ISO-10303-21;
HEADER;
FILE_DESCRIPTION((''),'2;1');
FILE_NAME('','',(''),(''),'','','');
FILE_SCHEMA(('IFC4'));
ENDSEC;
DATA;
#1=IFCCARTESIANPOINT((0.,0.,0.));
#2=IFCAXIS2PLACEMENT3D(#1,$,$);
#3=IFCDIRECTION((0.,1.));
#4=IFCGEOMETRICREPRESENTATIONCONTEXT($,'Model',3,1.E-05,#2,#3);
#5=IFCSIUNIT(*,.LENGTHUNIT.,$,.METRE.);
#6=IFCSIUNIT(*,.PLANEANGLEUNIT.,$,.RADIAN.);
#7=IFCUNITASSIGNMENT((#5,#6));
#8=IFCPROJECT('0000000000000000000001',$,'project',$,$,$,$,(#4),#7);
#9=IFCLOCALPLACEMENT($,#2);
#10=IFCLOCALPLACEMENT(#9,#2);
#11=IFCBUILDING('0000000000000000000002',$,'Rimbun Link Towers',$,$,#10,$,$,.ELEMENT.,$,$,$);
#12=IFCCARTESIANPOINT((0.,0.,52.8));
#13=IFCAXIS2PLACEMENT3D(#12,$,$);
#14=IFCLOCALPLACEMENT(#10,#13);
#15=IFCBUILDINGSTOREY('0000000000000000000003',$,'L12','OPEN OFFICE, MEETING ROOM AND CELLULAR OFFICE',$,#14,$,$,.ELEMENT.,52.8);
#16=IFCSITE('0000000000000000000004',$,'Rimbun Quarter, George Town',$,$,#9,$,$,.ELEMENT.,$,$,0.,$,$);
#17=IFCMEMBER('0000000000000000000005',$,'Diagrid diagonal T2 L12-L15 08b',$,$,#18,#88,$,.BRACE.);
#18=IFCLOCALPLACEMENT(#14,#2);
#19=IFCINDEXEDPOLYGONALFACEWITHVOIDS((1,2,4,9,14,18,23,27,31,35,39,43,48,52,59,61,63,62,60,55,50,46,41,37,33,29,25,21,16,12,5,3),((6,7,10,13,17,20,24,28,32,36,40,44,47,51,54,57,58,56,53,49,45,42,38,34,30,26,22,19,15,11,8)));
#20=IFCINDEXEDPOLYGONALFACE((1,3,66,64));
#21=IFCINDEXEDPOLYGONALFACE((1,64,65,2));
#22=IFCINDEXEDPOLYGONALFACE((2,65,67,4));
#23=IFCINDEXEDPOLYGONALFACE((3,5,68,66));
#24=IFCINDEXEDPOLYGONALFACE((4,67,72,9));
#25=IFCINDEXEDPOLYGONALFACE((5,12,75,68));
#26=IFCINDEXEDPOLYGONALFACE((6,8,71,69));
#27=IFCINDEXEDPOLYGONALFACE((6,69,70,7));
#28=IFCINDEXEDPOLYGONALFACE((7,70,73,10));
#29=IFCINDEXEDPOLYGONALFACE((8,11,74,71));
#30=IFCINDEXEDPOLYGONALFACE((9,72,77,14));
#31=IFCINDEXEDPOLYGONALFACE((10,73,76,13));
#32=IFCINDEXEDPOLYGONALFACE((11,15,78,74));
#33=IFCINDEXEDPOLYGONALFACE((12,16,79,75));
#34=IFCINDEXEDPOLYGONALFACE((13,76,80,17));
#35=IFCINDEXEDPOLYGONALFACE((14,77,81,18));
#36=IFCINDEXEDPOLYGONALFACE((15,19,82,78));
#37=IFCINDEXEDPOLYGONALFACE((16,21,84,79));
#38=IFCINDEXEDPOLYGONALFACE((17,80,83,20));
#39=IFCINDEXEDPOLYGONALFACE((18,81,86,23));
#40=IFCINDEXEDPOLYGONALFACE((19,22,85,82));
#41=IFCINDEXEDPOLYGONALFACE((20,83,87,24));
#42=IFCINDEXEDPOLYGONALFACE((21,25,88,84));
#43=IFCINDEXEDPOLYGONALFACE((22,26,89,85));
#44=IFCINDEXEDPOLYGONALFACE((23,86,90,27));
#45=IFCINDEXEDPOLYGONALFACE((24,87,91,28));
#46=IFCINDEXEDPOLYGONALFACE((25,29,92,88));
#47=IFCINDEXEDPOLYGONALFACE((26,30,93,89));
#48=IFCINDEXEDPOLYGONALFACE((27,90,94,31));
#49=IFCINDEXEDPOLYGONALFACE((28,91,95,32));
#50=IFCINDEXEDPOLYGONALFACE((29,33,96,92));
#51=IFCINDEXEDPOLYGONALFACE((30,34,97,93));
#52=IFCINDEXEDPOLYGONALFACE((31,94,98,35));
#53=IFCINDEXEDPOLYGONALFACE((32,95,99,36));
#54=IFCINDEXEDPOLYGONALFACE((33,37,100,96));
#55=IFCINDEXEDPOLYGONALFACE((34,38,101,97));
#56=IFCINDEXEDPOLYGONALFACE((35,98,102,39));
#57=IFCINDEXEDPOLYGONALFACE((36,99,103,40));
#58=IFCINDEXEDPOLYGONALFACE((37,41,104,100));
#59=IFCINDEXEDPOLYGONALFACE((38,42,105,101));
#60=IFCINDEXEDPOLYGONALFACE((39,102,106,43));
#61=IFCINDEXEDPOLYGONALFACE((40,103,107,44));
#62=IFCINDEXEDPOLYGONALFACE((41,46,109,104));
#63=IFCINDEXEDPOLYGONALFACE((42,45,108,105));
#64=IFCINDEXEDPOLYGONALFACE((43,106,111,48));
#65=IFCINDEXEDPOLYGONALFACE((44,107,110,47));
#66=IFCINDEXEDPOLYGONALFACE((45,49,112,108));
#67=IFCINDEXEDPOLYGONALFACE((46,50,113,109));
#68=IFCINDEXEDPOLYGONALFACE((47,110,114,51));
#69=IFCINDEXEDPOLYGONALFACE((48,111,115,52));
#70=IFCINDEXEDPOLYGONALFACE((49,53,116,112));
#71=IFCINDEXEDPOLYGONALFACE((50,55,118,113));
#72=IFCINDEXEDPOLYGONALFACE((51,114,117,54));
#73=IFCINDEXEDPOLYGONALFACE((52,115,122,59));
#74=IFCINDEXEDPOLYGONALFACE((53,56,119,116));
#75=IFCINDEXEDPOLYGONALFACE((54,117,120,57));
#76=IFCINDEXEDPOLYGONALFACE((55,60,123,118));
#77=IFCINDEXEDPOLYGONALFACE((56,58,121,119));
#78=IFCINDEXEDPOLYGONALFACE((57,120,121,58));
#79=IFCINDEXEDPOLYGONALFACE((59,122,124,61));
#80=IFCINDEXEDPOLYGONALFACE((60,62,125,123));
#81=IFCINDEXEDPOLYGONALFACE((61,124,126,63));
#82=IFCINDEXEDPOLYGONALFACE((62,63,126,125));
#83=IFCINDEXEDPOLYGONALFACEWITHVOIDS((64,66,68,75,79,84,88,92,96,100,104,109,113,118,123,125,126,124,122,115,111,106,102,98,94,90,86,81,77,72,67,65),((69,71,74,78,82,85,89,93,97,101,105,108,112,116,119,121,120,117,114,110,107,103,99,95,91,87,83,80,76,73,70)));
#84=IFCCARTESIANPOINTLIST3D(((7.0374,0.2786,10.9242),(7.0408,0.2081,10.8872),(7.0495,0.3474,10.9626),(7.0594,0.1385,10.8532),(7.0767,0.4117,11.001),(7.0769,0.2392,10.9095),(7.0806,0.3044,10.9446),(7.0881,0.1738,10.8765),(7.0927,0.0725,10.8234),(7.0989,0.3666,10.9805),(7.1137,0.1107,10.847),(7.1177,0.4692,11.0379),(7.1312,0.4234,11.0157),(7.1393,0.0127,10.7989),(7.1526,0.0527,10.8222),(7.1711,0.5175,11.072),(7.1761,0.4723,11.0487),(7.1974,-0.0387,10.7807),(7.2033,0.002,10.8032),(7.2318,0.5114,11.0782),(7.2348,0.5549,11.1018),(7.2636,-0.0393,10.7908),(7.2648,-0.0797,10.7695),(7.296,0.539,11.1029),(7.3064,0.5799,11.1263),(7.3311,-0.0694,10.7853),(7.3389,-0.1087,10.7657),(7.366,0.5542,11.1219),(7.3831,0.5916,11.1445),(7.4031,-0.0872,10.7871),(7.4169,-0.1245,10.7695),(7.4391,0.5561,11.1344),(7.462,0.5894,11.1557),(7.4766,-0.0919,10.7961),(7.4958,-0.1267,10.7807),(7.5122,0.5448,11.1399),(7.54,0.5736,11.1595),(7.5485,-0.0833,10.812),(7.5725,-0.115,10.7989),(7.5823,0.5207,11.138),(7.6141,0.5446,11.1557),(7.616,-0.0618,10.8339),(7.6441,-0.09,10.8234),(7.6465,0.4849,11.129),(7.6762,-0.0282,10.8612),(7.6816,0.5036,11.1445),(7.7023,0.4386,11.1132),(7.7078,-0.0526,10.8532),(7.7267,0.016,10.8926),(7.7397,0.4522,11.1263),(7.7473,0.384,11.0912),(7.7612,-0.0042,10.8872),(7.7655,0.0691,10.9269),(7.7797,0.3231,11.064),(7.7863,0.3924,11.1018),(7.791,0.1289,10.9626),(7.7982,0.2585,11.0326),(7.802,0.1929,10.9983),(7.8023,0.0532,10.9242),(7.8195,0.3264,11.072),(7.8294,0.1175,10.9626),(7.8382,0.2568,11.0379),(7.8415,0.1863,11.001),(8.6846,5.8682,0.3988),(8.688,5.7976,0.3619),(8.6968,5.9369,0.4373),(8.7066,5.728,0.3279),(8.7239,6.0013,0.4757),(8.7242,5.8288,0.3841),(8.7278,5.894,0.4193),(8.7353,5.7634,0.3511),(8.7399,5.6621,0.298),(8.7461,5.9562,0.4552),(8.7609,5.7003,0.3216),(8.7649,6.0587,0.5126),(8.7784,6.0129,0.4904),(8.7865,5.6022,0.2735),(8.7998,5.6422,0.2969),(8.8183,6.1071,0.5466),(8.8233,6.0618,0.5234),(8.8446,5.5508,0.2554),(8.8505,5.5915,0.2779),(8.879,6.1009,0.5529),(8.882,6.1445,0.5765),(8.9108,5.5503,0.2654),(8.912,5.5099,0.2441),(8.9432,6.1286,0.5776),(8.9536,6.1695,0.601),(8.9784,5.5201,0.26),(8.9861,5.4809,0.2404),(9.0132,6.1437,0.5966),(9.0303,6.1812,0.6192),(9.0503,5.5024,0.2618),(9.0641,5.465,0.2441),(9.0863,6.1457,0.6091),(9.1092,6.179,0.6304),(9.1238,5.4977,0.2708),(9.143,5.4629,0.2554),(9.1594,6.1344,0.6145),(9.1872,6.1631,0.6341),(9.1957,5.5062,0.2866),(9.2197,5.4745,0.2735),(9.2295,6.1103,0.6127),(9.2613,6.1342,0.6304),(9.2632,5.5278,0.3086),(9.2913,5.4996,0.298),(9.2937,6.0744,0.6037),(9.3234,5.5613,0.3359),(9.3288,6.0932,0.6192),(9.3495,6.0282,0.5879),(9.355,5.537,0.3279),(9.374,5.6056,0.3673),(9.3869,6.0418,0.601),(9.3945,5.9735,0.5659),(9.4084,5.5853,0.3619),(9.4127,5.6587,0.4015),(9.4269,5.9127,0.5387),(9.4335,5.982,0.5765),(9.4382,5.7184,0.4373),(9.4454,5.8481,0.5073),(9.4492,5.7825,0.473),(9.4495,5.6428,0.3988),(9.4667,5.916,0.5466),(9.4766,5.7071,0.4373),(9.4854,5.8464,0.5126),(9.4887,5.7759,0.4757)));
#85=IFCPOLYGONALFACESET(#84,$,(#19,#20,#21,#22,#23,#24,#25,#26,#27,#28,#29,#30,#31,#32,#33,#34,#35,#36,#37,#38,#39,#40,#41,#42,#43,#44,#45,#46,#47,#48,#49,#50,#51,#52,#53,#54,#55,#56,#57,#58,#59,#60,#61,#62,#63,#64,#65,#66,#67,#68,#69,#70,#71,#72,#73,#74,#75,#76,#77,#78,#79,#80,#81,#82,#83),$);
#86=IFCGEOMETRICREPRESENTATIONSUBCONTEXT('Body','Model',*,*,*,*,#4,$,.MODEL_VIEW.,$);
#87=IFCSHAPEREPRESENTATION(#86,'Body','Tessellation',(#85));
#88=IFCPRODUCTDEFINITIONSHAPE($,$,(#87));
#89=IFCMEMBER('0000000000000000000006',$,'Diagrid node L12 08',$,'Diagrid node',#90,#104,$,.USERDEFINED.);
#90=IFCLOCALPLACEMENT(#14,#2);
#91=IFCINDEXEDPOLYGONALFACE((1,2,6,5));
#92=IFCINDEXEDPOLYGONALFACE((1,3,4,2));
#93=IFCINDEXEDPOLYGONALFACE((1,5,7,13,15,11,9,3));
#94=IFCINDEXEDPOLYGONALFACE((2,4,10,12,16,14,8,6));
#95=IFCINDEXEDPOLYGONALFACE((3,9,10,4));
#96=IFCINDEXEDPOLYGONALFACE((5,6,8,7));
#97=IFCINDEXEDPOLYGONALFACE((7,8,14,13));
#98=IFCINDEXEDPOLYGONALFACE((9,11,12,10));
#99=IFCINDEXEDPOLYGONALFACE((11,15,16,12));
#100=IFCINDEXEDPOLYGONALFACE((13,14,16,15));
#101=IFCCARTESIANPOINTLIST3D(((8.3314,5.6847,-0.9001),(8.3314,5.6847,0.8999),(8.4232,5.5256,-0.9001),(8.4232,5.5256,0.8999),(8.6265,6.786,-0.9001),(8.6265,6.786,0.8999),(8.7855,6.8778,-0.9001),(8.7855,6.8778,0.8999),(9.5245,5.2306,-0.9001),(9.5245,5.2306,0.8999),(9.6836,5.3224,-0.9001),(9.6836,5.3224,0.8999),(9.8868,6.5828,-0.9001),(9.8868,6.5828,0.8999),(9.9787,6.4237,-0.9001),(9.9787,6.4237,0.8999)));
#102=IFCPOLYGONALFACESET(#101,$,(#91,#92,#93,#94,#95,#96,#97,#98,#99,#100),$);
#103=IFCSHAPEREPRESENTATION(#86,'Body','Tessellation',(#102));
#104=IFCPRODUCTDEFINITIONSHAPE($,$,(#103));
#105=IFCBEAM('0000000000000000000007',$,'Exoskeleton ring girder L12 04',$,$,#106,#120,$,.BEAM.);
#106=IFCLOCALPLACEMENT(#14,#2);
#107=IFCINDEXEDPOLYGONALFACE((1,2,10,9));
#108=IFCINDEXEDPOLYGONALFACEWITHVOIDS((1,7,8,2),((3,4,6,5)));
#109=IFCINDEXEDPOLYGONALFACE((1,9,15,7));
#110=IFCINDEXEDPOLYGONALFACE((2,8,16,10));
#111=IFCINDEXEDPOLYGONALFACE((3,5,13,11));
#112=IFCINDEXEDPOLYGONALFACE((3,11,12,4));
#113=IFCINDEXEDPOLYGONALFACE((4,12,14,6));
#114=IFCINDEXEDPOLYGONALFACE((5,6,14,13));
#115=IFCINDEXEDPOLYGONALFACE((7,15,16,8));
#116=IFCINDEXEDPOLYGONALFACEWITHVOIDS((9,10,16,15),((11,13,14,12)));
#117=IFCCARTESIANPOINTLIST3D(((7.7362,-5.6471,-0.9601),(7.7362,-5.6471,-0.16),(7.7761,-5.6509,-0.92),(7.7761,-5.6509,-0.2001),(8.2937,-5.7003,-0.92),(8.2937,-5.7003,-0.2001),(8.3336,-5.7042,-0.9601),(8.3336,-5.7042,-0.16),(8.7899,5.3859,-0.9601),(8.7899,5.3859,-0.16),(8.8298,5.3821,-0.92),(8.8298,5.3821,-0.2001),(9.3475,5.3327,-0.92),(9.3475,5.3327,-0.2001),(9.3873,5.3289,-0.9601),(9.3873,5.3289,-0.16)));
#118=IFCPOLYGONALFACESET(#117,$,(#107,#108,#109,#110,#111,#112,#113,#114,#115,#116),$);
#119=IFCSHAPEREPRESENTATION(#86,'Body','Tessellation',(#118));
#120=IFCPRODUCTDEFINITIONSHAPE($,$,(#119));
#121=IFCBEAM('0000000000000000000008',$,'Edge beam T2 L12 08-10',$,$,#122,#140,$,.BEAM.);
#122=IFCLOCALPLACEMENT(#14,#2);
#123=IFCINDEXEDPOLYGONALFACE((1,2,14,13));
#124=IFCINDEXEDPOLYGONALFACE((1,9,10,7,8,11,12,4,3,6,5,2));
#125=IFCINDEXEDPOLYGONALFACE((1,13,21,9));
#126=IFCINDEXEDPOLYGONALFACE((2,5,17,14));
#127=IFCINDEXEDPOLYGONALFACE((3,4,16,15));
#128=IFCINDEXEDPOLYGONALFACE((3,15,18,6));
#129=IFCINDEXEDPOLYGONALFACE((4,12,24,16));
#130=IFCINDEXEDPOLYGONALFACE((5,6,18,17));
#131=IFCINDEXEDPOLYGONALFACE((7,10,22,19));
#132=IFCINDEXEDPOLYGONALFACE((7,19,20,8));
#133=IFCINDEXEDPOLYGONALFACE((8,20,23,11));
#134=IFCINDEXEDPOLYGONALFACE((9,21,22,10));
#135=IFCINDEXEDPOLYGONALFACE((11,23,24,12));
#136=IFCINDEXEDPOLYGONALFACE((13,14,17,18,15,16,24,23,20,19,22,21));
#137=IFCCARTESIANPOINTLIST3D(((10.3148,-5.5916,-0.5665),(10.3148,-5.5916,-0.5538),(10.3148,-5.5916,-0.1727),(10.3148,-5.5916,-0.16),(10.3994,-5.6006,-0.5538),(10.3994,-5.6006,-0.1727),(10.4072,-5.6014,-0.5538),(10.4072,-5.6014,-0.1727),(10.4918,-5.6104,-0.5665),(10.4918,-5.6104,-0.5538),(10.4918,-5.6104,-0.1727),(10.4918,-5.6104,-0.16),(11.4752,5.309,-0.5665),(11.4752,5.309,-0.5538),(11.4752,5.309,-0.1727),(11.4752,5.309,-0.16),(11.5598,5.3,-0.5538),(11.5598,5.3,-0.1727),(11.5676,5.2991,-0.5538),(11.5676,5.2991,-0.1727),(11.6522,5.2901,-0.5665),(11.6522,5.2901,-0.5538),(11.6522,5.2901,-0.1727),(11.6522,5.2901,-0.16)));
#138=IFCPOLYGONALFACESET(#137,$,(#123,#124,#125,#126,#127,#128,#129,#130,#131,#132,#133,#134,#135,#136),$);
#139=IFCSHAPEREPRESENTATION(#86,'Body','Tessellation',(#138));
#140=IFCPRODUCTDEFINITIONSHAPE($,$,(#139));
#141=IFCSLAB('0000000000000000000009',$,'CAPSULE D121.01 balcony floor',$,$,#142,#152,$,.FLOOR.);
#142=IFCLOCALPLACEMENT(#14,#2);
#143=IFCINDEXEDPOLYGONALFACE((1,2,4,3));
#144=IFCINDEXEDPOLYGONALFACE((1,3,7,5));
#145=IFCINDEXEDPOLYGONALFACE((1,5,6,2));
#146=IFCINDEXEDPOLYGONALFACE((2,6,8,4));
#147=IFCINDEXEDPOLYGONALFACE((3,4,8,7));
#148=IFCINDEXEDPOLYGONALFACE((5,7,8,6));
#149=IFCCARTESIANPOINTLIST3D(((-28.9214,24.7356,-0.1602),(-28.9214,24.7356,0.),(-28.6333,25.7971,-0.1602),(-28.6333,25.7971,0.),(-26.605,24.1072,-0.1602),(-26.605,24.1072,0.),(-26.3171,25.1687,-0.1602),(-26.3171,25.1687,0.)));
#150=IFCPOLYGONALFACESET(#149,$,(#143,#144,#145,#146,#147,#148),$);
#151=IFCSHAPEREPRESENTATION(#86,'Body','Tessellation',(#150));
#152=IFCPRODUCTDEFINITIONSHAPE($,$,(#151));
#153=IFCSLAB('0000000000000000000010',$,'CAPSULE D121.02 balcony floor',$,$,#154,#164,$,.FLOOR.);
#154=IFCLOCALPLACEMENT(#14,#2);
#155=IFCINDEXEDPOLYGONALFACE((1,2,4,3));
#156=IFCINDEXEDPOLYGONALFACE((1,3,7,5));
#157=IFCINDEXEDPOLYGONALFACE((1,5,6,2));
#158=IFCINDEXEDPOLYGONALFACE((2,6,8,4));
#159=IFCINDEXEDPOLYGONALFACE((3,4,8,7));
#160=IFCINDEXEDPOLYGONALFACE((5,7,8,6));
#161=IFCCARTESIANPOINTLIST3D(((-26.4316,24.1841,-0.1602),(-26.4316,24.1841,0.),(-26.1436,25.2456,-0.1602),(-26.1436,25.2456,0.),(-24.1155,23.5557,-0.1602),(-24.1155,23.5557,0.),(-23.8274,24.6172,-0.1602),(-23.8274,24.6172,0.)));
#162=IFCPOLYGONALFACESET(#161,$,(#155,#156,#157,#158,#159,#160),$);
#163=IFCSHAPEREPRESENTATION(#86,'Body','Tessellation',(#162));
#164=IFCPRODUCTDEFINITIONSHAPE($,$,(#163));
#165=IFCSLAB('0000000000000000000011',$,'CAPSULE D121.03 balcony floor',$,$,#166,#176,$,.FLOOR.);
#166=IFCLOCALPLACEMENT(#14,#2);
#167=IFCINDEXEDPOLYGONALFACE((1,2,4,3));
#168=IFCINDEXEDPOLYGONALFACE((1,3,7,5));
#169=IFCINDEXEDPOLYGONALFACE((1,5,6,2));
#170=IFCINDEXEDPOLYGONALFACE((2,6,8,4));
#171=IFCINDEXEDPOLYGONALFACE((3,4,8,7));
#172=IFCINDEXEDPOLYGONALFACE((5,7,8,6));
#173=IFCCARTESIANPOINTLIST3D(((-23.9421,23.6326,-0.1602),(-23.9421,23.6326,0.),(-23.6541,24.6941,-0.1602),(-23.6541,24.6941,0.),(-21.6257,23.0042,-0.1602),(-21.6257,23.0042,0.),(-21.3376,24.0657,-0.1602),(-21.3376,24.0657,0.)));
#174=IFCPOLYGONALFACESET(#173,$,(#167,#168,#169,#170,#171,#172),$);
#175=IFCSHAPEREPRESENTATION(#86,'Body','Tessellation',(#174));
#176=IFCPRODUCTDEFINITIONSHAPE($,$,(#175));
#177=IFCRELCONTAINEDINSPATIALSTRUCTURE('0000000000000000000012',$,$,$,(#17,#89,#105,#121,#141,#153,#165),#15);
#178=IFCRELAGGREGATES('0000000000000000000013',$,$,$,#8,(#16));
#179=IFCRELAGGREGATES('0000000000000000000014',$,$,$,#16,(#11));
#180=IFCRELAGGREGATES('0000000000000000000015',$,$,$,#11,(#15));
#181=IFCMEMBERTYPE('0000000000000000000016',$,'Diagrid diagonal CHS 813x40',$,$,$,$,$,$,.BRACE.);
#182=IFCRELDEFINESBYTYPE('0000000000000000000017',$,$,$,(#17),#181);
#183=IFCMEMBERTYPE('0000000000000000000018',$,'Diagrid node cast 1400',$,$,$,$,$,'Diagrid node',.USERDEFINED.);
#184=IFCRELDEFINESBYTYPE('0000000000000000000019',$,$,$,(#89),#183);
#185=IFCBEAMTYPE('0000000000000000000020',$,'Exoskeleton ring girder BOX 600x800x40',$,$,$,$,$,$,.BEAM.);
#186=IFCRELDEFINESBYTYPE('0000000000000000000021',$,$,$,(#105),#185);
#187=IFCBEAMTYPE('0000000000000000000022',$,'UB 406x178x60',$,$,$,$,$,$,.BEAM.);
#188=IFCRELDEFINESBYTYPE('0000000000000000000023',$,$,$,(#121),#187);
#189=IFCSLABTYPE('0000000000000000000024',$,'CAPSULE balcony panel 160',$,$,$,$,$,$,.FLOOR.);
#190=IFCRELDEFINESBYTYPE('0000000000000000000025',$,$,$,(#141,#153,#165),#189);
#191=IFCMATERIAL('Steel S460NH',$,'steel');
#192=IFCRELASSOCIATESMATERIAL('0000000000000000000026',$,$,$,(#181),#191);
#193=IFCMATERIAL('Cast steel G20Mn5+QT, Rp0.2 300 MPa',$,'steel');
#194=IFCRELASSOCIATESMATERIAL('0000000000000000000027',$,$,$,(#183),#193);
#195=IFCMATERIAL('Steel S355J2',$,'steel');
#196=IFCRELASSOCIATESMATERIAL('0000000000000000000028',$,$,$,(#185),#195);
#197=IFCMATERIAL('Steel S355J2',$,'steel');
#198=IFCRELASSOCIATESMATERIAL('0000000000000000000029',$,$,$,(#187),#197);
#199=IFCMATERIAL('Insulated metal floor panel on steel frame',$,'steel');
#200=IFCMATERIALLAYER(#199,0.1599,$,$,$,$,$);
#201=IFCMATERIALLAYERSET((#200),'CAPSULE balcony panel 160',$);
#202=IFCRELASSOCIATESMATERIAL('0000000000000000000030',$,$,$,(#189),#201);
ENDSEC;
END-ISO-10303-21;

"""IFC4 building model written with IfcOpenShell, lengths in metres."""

from ifc_helpers import new_model, si_unit, direction, frame, origin, origin_2d, place, context, subcontext, project, spatial, polyline, hollow_rectangle, hollow_circle, i_section, outline, extrude, material, layer, layer_set, material_profile, profile_set, type_object, element, save


model = new_model("IFC4")

# Units and contexts
model_context = context("Model", 3, precision=1e-05, world=origin(), true_north=direction((0.0, 1.0)))
body_context = subcontext(model_context, "Body", "Model", "MODEL_VIEW")
ifc_project = project(units=[si_unit("LENGTHUNIT", "METRE"), si_unit("PLANEANGLEUNIT", "RADIAN")], contexts=[model_context])

# Site, building, storey
site_placement = place(None, origin())
site = spatial("IfcSite", under=ifc_project, at=site_placement, Name="Rimbun Quarter, George Town", CompositionType="ELEMENT", RefElevation=0.0)
building_placement = place(site_placement, origin())
building = spatial("IfcBuilding", under=site, at=building_placement, Name="Rimbun Link Towers", CompositionType="ELEMENT")
storey_placement = place(building_placement, frame((0.0, 0.0, 52.8)))
storey = spatial("IfcBuildingStorey", under=building, at=storey_placement, Name="L12", Description="OPEN OFFICE, MEETING ROOM AND CELLULAR OFFICE", CompositionType="ELEMENT", Elevation=52.8)

# Members
ifc_material_1 = material(Name="Steel S460NH", Category="steel")
ifc_material_profile_1 = material_profile(ifc_material_1, hollow_circle(Radius=0.4065, WallThickness=0.04, at=origin_2d()), Name="Diagrid diagonal CHS 813x40")
ifc_profile_set_1 = profile_set([ifc_material_profile_1], Name="Steel S460NH")
member_type_1 = type_object("IfcMemberType", Name="Diagrid diagonal CHS 813x40", PredefinedType="BRACE", material=ifc_profile_set_1)
member_1_placement = place(storey_placement, frame((9.0867, 5.822, 0.4373), z_axis=(-0.136916, -0.464606, 0.874868), x_axis=(0.959216, -0.282674, 0.0)))
element("IfcMember", 1, at=member_1_placement, inside=storey, type_object=member_type_1, Name="Diagrid diagonal T2 L12-L15 08b", PredefinedType="BRACE", context=body_context, shape_type="SweptSolid", body=[
    extrude(hollow_circle(Radius=0.4065, WallThickness=0.04, at=origin_2d()), origin(), (0.0, 0.0, 1.0), 12.0308),
])
ifc_material_2 = material(Name="Cast steel G20Mn5+QT, Rp0.2 300 MPa", Category="steel")
ifc_material_profile_2 = material_profile(ifc_material_2, outline(polyline([(0.7, -0.5701), (0.7, 0.5701), (0.5701, 0.7), (-0.5701, 0.7), (-0.7, 0.5701), (-0.7, -0.5701), (-0.5701, -0.7), (0.5701, -0.7), (0.7, -0.5701)])), Name="NODE 1400x1400")
ifc_profile_set_2 = profile_set([ifc_material_profile_2], Name="Cast steel G20Mn5+QT, Rp0.2 300 MPa")
member_type_2 = type_object("IfcMemberType", Name="Diagrid node cast 1400", ElementType="Diagrid node", PredefinedType="USERDEFINED", material=ifc_profile_set_2)
member_2_placement = place(storey_placement, frame((9.155, 6.0542, -0.9001), z_axis=(0.0, 0.0, 1.0), x_axis=(-0.965926, 0.258819, 0.0)))
element("IfcMember", 2, at=member_2_placement, inside=storey, type_object=member_type_2, Name="Diagrid node L12 08", ObjectType="Diagrid node", PredefinedType="USERDEFINED", context=body_context, shape_type="SweptSolid", body=[
    extrude(outline(polyline([(0.7, -0.5701), (0.7, 0.5701), (0.5701, 0.7), (-0.5701, 0.7), (-0.7, 0.5701), (-0.7, -0.5701), (-0.5701, -0.7), (0.5701, -0.7), (0.7, -0.5701)])), origin(), (0.0, 0.0, 1.0), 1.8),
])

# Beams
ifc_material_3 = material(Name="Steel S355J2", Category="steel")
ifc_material_profile_3 = material_profile(ifc_material_3, hollow_rectangle(XDim=0.6001, YDim=0.8, WallThickness=0.04, at=origin_2d()), Name="Exoskeleton ring girder BOX 600x800x40")
ifc_profile_set_3 = profile_set([ifc_material_profile_3], Name="Steel S355J2")
beam_type_1 = type_object("IfcBeamType", Name="Exoskeleton ring girder BOX 600x800x40", PredefinedType="BEAM", material=ifc_profile_set_3)
beam_1_placement = place(storey_placement, frame((9.0886, 5.3574, -0.5601), z_axis=(-0.095073, -0.99547, 0.0), x_axis=(0.99547, -0.095073, 0.0)))
element("IfcBeam", 3, at=beam_1_placement, inside=storey, type_object=beam_type_1, Name="Exoskeleton ring girder L12 04", PredefinedType="BEAM", context=body_context, shape_type="SweptSolid", body=[
    extrude(hollow_rectangle(XDim=0.6001, YDim=0.8, WallThickness=0.04, at=origin_2d()), origin(), (0.0, 0.0, 1.0), 11.0833),
])
ifc_material_4 = material(Name="Steel S355J2", Category="steel")
ifc_material_profile_4 = material_profile(ifc_material_4, i_section(OverallWidth=0.178, OverallDepth=0.4065, WebThickness=0.0078, FlangeThickness=0.0127, at=origin_2d()), Name="UB 406x178x60")
ifc_profile_set_4 = profile_set([ifc_material_profile_4], Name="Steel S355J2")
beam_type_2 = type_object("IfcBeamType", Name="UB 406x178x60", PredefinedType="BEAM", material=ifc_profile_set_4)
beam_2_placement = place(storey_placement, frame((11.5637, 5.2996, -0.3633), z_axis=(-0.105854, -0.994382, 0.0), x_axis=(0.994382, -0.105854, 0.0)))
element("IfcBeam", 4, at=beam_2_placement, inside=storey, type_object=beam_type_2, Name="Edge beam T2 L12 08-10", PredefinedType="BEAM", context=body_context, shape_type="SweptSolid", body=[
    extrude(i_section(OverallWidth=0.178, OverallDepth=0.4065, WebThickness=0.0078, FlangeThickness=0.0127, at=origin_2d()), origin(), (0.0, 0.0, 1.0), 10.9622),
])

# Slabs
ifc_material_5 = material(Name="Insulated metal floor panel on steel frame", Category="steel")
ifc_layer_1 = layer(ifc_material_5, 0.1599)
ifc_layer_set_1 = layer_set([ifc_layer_1], Name="CAPSULE balcony panel 160")
slab_type_1 = type_object("IfcSlabType", Name="CAPSULE balcony panel 160", PredefinedType="FLOOR", material=ifc_layer_set_1)
slab_1_placement = place(storey_placement, frame((0.0, 0.0, -0.1602)))
element("IfcSlab", 5, at=slab_1_placement, inside=storey, type_object=slab_type_1, Name="CAPSULE D121.01 balcony floor", PredefinedType="FLOOR", context=body_context, shape_type="SweptSolid", body=[
    extrude(outline(polyline([(-26.3171, 25.1687), (-28.6333, 25.7971), (-28.9214, 24.7356), (-26.605, 24.1072), (-26.3171, 25.1687)])), origin(), (0.0, 0.0, 1.0), 0.1602),
])
slab_2_placement = place(storey_placement, frame((0.0, 0.0, -0.1602)))
element("IfcSlab", 6, at=slab_2_placement, inside=storey, type_object=slab_type_1, Name="CAPSULE D121.02 balcony floor", PredefinedType="FLOOR", context=body_context, shape_type="SweptSolid", body=[
    extrude(outline(polyline([(-23.8274, 24.6172), (-26.1436, 25.2456), (-26.4316, 24.1841), (-24.1155, 23.5557), (-23.8274, 24.6172)])), origin(), (0.0, 0.0, 1.0), 0.1602),
])
slab_3_placement = place(storey_placement, frame((0.0, 0.0, -0.1602)))
element("IfcSlab", 7, at=slab_3_placement, inside=storey, type_object=slab_type_1, Name="CAPSULE D121.03 balcony floor", PredefinedType="FLOOR", context=body_context, shape_type="SweptSolid", body=[
    extrude(outline(polyline([(-21.3376, 24.0657), (-23.6541, 24.6941), (-23.9421, 23.6326), (-21.6257, 23.0042), (-21.3376, 24.0657)])), origin(), (0.0, 0.0, 1.0), 0.1602),
])

save(model, "model.ifc")
